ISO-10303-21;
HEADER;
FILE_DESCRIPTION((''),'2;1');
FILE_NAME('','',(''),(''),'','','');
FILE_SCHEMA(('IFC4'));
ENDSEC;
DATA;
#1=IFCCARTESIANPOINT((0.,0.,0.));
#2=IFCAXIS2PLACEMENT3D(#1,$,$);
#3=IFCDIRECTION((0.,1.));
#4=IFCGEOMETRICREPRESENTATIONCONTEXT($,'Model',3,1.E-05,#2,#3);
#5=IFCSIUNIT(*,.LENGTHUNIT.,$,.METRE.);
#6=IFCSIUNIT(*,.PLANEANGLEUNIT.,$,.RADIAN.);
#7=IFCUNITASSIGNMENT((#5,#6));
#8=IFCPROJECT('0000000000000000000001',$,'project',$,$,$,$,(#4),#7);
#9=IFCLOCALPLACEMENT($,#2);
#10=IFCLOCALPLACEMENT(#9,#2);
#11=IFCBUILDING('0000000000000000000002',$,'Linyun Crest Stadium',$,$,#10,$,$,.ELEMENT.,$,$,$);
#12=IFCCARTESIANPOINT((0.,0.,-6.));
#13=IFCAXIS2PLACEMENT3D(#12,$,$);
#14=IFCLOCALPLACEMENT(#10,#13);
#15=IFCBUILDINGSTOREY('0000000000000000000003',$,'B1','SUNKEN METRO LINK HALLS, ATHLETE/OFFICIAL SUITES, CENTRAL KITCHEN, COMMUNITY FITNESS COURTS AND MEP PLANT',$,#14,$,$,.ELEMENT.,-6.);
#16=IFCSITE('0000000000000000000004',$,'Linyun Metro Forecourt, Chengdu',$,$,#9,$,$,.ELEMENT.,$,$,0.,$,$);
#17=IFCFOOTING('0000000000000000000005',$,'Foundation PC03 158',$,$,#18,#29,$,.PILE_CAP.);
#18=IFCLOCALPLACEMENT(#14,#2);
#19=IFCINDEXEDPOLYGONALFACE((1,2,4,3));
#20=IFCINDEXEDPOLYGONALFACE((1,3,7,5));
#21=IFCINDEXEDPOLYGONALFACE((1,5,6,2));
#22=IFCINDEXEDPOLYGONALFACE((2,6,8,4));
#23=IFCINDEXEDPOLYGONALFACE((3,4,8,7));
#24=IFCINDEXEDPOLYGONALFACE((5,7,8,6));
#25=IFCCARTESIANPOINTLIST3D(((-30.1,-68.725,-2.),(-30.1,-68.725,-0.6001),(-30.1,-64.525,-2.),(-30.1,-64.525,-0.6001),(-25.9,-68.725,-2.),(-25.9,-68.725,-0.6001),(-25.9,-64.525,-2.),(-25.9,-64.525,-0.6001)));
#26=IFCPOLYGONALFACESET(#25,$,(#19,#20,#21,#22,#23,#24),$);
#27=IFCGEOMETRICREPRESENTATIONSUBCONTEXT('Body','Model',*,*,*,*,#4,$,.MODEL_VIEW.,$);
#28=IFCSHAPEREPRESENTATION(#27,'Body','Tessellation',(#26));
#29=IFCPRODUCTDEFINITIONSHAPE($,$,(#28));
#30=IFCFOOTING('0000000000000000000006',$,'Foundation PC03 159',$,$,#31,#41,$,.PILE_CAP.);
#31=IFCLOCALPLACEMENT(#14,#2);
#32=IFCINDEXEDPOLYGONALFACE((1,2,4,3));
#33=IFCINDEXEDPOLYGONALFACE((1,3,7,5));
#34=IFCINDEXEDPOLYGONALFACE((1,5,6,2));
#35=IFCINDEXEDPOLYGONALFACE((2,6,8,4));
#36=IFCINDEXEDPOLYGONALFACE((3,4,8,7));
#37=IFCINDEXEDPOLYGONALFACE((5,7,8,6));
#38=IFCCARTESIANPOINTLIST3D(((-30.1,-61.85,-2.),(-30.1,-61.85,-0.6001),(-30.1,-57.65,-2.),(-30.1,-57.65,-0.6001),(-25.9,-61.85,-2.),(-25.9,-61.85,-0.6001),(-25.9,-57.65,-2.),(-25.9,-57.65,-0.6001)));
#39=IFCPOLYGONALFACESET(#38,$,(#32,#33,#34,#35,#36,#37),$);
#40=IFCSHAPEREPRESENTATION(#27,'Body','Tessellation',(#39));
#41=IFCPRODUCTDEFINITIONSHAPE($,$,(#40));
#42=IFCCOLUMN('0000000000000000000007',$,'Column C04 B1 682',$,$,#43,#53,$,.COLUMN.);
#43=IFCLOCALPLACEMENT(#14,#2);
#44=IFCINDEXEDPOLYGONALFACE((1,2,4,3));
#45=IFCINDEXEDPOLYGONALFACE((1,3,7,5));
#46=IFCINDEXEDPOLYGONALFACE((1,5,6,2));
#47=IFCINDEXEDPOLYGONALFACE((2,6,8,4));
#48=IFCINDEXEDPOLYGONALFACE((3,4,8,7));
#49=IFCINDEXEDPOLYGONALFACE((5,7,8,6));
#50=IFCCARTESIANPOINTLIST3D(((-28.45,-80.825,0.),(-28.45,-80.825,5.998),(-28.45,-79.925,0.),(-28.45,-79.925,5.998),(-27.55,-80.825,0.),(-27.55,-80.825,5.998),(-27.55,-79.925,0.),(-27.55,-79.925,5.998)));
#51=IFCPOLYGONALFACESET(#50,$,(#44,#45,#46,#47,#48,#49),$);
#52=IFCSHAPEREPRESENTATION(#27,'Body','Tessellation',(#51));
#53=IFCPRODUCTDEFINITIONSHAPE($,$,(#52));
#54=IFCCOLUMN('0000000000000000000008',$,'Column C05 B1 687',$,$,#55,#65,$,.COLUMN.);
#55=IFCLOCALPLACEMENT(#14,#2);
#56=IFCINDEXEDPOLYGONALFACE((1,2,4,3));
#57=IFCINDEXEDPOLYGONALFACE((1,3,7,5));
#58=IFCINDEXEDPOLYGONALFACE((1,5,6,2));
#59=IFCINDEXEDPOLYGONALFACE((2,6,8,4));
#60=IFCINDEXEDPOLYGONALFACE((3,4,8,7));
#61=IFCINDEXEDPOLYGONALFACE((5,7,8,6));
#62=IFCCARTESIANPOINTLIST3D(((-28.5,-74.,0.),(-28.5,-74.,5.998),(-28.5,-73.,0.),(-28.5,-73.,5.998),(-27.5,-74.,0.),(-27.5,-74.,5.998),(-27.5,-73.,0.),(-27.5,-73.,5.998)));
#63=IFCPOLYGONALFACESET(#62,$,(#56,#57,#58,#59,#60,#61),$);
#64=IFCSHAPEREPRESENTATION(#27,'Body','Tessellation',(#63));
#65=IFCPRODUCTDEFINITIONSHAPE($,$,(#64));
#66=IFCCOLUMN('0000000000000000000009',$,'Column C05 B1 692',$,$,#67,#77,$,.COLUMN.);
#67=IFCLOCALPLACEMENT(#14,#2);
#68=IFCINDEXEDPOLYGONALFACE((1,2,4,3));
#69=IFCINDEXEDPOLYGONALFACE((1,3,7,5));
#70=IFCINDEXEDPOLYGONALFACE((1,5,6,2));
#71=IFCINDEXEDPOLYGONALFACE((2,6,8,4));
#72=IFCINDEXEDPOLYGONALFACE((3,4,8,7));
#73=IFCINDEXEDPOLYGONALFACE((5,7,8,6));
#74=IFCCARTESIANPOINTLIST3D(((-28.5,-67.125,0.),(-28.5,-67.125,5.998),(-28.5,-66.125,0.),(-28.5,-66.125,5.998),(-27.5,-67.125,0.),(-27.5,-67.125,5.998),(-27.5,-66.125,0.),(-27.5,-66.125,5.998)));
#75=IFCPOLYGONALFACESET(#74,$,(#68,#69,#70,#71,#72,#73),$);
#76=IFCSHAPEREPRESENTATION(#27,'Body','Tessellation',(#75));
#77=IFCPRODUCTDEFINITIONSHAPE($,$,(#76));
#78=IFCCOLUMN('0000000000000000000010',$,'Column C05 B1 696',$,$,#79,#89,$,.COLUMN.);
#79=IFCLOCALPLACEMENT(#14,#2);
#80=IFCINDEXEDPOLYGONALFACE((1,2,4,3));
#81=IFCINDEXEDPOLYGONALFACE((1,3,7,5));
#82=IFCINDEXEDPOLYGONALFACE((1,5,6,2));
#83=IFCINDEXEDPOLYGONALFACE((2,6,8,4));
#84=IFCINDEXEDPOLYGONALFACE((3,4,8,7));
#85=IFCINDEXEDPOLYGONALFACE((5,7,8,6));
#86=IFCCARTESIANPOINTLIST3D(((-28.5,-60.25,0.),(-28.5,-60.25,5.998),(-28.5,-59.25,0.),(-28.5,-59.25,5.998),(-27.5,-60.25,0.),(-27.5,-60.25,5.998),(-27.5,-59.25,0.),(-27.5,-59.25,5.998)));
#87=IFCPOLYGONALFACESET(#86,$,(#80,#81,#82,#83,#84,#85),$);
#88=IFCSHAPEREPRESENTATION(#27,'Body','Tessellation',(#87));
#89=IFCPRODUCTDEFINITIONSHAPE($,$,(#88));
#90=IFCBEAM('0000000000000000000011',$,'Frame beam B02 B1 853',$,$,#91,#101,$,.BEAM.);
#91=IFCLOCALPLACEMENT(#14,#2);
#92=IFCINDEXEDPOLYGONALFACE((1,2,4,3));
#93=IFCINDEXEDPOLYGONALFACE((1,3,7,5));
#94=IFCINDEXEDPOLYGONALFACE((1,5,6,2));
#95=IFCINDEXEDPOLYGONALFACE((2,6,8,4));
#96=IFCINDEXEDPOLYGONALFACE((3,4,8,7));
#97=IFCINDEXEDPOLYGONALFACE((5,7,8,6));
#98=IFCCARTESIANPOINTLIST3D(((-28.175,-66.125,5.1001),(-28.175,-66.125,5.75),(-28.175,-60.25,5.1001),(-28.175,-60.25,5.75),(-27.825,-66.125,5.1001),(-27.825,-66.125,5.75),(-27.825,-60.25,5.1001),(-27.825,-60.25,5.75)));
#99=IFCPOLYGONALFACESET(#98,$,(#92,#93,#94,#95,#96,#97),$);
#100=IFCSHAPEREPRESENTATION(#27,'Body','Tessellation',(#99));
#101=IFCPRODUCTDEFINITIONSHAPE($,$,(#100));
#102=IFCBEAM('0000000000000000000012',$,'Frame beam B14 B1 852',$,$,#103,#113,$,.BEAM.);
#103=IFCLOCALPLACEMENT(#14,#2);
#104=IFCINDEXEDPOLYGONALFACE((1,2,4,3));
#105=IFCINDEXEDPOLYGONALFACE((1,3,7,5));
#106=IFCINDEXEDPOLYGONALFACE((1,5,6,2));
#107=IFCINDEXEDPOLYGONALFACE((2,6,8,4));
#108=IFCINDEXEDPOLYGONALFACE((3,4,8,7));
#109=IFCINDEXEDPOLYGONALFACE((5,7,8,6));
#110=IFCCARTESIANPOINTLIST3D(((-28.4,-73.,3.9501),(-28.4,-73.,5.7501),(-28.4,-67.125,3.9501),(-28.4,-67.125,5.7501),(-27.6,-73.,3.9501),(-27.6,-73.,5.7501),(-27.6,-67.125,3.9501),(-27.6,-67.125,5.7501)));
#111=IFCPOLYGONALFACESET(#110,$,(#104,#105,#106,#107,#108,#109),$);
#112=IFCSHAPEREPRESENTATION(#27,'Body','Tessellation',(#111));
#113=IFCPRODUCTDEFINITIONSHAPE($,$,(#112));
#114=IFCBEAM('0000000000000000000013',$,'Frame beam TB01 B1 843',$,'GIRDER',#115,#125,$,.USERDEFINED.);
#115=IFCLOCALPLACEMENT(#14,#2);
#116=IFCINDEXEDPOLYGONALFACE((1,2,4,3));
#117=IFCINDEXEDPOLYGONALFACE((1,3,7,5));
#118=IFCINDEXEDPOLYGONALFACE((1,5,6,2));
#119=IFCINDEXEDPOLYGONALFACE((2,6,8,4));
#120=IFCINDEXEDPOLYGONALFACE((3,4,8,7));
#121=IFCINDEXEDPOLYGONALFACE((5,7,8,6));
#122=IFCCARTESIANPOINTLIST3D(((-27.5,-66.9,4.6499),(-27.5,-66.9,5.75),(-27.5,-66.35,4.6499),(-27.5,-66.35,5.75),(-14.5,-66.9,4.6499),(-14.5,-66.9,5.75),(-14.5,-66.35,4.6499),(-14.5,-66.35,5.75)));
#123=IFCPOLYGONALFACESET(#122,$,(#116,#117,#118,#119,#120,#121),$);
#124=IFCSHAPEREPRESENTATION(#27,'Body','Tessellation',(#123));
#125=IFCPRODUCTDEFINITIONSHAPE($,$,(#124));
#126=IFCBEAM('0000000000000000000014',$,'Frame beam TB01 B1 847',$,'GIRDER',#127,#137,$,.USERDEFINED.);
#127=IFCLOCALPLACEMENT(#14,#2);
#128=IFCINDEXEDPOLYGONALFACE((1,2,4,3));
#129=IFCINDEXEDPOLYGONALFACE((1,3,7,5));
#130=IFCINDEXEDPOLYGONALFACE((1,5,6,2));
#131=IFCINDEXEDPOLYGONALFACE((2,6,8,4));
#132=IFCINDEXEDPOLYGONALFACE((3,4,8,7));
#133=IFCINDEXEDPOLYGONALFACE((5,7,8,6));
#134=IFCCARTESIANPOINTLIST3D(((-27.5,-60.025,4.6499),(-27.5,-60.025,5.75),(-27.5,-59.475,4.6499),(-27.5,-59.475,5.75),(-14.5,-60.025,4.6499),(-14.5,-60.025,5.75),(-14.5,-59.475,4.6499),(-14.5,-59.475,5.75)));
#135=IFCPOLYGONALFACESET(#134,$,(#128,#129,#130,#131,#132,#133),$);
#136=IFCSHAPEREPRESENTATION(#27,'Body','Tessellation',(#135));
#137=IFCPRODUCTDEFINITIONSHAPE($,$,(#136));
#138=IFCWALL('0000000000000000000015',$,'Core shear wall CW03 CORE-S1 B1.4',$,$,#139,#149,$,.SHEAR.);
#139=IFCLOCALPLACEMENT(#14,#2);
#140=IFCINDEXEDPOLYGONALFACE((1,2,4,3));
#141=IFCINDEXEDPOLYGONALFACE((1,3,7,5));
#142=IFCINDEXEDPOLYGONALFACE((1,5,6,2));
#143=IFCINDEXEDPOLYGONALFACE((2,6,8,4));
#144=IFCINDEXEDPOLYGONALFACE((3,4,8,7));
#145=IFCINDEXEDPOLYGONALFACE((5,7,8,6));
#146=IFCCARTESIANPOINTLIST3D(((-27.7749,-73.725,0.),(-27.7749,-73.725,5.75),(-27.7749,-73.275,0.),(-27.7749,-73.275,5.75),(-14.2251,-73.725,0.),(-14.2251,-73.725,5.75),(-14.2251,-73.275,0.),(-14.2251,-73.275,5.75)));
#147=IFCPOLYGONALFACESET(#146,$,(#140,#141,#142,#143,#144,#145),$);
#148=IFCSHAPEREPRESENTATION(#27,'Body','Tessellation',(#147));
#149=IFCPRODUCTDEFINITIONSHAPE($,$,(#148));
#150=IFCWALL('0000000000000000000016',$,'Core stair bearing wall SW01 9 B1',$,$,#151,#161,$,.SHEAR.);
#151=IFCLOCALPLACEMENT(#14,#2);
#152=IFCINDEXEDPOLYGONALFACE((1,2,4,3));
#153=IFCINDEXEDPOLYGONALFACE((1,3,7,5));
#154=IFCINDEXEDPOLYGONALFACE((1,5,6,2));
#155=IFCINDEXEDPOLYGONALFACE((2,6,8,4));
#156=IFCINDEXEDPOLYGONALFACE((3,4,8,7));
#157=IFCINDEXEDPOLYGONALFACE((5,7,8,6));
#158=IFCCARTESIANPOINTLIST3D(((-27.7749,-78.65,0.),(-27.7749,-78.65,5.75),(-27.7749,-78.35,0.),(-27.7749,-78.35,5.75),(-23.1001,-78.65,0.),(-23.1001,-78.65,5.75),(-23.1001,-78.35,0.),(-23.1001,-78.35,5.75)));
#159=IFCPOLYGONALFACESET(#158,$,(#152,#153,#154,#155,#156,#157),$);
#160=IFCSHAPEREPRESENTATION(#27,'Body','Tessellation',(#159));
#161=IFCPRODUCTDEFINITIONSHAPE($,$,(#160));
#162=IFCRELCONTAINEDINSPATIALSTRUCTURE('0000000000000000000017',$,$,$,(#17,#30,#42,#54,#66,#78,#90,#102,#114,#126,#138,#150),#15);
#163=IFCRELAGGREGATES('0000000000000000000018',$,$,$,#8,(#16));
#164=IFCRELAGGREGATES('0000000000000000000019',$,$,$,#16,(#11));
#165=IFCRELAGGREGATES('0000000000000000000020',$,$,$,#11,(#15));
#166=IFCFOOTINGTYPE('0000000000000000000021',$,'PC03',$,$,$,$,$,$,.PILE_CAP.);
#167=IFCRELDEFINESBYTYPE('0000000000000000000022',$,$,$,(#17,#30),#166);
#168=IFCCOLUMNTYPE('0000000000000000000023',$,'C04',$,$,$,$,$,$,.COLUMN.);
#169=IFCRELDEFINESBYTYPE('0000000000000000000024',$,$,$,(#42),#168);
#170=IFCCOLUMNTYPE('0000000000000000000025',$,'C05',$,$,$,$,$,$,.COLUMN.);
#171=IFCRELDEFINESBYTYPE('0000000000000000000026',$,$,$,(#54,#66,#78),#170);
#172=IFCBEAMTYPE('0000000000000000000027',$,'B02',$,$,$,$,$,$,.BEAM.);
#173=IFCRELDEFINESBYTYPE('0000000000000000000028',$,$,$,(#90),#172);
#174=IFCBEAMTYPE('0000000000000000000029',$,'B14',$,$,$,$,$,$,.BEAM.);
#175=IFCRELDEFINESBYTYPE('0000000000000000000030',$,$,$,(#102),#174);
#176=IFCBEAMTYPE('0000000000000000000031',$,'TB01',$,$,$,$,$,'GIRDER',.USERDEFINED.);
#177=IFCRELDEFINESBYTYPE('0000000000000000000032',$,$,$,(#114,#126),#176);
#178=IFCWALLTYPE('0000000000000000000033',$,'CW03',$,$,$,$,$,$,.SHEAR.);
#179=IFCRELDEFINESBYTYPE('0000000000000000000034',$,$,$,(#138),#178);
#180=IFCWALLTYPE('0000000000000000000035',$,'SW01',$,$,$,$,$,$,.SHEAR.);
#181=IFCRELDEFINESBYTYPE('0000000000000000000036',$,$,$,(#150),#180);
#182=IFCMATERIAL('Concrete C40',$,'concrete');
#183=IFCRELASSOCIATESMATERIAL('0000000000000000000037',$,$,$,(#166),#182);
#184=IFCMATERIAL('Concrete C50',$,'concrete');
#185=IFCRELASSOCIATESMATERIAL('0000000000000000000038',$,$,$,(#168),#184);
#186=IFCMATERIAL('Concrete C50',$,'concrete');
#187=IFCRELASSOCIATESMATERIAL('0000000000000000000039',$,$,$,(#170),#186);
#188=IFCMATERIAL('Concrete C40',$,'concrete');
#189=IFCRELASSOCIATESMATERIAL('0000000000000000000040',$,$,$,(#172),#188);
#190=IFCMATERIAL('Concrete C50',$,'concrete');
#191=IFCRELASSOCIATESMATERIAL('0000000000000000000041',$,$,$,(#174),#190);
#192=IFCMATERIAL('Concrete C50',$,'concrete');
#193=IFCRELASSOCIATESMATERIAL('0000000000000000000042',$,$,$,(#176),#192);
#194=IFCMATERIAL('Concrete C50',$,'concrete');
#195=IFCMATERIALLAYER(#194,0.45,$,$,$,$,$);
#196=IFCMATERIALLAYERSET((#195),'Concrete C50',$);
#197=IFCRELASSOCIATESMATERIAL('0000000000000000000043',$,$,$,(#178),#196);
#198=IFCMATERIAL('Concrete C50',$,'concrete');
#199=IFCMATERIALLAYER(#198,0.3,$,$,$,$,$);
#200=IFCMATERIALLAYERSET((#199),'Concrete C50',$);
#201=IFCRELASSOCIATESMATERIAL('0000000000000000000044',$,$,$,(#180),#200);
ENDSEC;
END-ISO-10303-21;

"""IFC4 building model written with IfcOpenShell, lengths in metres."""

from ifc_helpers import new_model, si_unit, direction, frame, frame_2d, origin, origin_2d, place, context, subcontext, project, spatial, rectangle, extrude, material, layer, layer_set, material_profile, profile_set, type_object, element, save


model = new_model("IFC4")

# Units and contexts
model_context = context("Model", 3, precision=1e-05, world=origin(), true_north=direction((0.0, 1.0)))
body_context = subcontext(model_context, "Body", "Model", "MODEL_VIEW")
ifc_project = project(units=[si_unit("LENGTHUNIT", "METRE"), si_unit("PLANEANGLEUNIT", "RADIAN")], contexts=[model_context])

# Site, building, storey
site_placement = place(None, origin())
site = spatial("IfcSite", under=ifc_project, at=site_placement, Name="Linyun Metro Forecourt, Chengdu", CompositionType="ELEMENT", RefElevation=0.0)
building_placement = place(site_placement, origin())
building = spatial("IfcBuilding", under=site, at=building_placement, Name="Linyun Crest Stadium", CompositionType="ELEMENT")
storey_placement = place(building_placement, frame((0.0, 0.0, -6.0)))
storey = spatial("IfcBuildingStorey", under=building, at=storey_placement, Name="B1", Description="SUNKEN METRO LINK HALLS, ATHLETE/OFFICIAL SUITES, CENTRAL KITCHEN, COMMUNITY FITNESS COURTS AND MEP PLANT", CompositionType="ELEMENT", Elevation=-6.0)

# Footings
ifc_material_1 = material(Name="Concrete C40", Category="concrete")
footing_type = type_object("IfcFootingType", Name="PC03", PredefinedType="PILE_CAP", material=ifc_material_1)
for number, where, z_axis, x_axis, name in (
    (1, (-28.0, -66.625, -2.0), (0.0, 0.0, 1.0), (1.0, 0.0, 0.0), "Foundation PC03 158"),
    (2, (-28.0, -59.75, -2.0), (0.0, 0.0, 1.0), (1.0, 0.0, 0.0), "Foundation PC03 159"),
):
    element("IfcFooting", number, at=place(storey_placement, frame(where, z_axis=z_axis, x_axis=x_axis)), inside=storey, type_object=footing_type, Name=name, PredefinedType="PILE_CAP", context=body_context, shape_type="SweptSolid", body=[
        extrude(rectangle(XDim=4.2, YDim=4.2, at=origin_2d()), origin(), (0.0, 0.0, 1.0), 1.3999),
    ])

# Columns
ifc_material_2 = material(Name="Concrete C50", Category="concrete")
ifc_material_profile_1 = material_profile(ifc_material_2, rectangle(XDim=0.8999, YDim=0.8999, at=origin_2d()), Name="RC 900x900")
ifc_profile_set_1 = profile_set([ifc_material_profile_1], Name="Concrete C50")
column_type_1 = type_object("IfcColumnType", Name="C04", PredefinedType="COLUMN", material=ifc_profile_set_1)
column_placement = place(storey_placement, frame((-28.0, -80.375, 0.0), z_axis=(0.0, 0.0, 1.0), x_axis=(1.0, 0.0, 0.0)))
element("IfcColumn", 3, at=column_placement, inside=storey, type_object=column_type_1, Name="Column C04 B1 682", PredefinedType="COLUMN", context=body_context, shape_type="SweptSolid", body=[
    extrude(rectangle(XDim=0.8999, YDim=0.8999, at=origin_2d()), origin(), (0.0, 0.0, 1.0), 5.998),
])
ifc_material_3 = material(Name="Concrete C50", Category="concrete")
ifc_material_profile_2 = material_profile(ifc_material_3, rectangle(XDim=1.0, YDim=1.0, at=origin_2d()), Name="RC 1000x1000")
ifc_profile_set_2 = profile_set([ifc_material_profile_2], Name="Concrete C50")
column_type_2 = type_object("IfcColumnType", Name="C05", PredefinedType="COLUMN", material=ifc_profile_set_2)
for number, where, z_axis, x_axis, name in (
    (4, (-28.0, -73.5, 0.0), (0.0, 0.0, 1.0), (1.0, 0.0, 0.0), "Column C05 B1 687"),
    (5, (-28.0, -66.625, 0.0), (0.0, 0.0, 1.0), (1.0, 0.0, 0.0), "Column C05 B1 692"),
    (6, (-28.0, -59.75, 0.0), (0.0, 0.0, 1.0), (1.0, 0.0, 0.0), "Column C05 B1 696"),
):
    element("IfcColumn", number, at=place(storey_placement, frame(where, z_axis=z_axis, x_axis=x_axis)), inside=storey, type_object=column_type_2, Name=name, PredefinedType="COLUMN", context=body_context, shape_type="SweptSolid", body=[
        extrude(rectangle(XDim=1.0, YDim=1.0, at=origin_2d()), origin(), (0.0, 0.0, 1.0), 5.998),
    ])

# Beams
ifc_material_4 = material(Name="Concrete C40", Category="concrete")
ifc_material_profile_3 = material_profile(ifc_material_4, rectangle(XDim=0.3501, YDim=0.6499, at=origin_2d()), Name="RCB 650x350")
ifc_profile_set_3 = profile_set([ifc_material_profile_3], Name="Concrete C40")
beam_type_1 = type_object("IfcBeamType", Name="B02", PredefinedType="BEAM", material=ifc_profile_set_3)
beam_1_placement = place(storey_placement, frame((-28.0, -66.125, 5.425), z_axis=(0.0, 1.0, 0.0), x_axis=(-1.0, 0.0, 0.0)))
element("IfcBeam", 7, at=beam_1_placement, inside=storey, type_object=beam_type_1, Name="Frame beam B02 B1 853", PredefinedType="BEAM", context=body_context, shape_type="SweptSolid", body=[
    extrude(rectangle(XDim=0.3501, YDim=0.6499, at=origin_2d()), origin(), (0.0, 0.0, 1.0), 5.875),
])
ifc_material_5 = material(Name="Concrete C50", Category="concrete")
ifc_material_profile_4 = material_profile(ifc_material_5, rectangle(XDim=0.8, YDim=1.8, at=origin_2d()), Name="RCB 1800x800")
ifc_profile_set_4 = profile_set([ifc_material_profile_4], Name="Concrete C50")
beam_type_2 = type_object("IfcBeamType", Name="B14", PredefinedType="BEAM", material=ifc_profile_set_4)
beam_2_placement = place(storey_placement, frame((-28.0, -73.0, 4.8501), z_axis=(0.0, 1.0, 0.0), x_axis=(-1.0, 0.0, 0.0)))
element("IfcBeam", 8, at=beam_2_placement, inside=storey, type_object=beam_type_2, Name="Frame beam B14 B1 852", PredefinedType="BEAM", context=body_context, shape_type="SweptSolid", body=[
    extrude(rectangle(XDim=0.8, YDim=1.8, at=origin_2d()), origin(), (0.0, 0.0, 1.0), 5.875),
])
ifc_material_6 = material(Name="Concrete C50", Category="concrete")
ifc_material_profile_5 = material_profile(ifc_material_6, rectangle(XDim=0.55, YDim=1.1001, at=origin_2d()), Name="RCB 1100x550")
ifc_profile_set_5 = profile_set([ifc_material_profile_5], Name="Concrete C50")
beam_type_3 = type_object("IfcBeamType", Name="TB01", ElementType="GIRDER", PredefinedType="USERDEFINED", material=ifc_profile_set_5)
for number, where, z_axis, x_axis, name in (
    (9, (-27.5, -66.625, 5.2), (1.0, 0.0, 0.0), (0.0, 1.0, 0.0), "Frame beam TB01 B1 843"),
    (10, (-27.5, -59.75, 5.2), (1.0, 0.0, 0.0), (0.0, 1.0, 0.0), "Frame beam TB01 B1 847"),
):
    element("IfcBeam", number, at=place(storey_placement, frame(where, z_axis=z_axis, x_axis=x_axis)), inside=storey, type_object=beam_type_3, Name=name, ObjectType="GIRDER", PredefinedType="USERDEFINED", context=body_context, shape_type="SweptSolid", body=[
        extrude(rectangle(XDim=0.55, YDim=1.1001, at=origin_2d()), origin(), (0.0, 0.0, 1.0), 13.0),
    ])

# Walls
ifc_material_7 = material(Name="Concrete C50", Category="concrete")
ifc_layer_1 = layer(ifc_material_7, 0.45)
ifc_layer_set_1 = layer_set([ifc_layer_1], Name="Concrete C50")
wall_type_1 = type_object("IfcWallType", Name="CW03", PredefinedType="SHEAR", material=ifc_layer_set_1)
wall_1_placement = place(storey_placement, frame((-27.7749, -73.5, 0.0), z_axis=(0.0, 0.0, 1.0), x_axis=(1.0, 0.0, 0.0)))
element("IfcWall", 11, at=wall_1_placement, inside=storey, type_object=wall_type_1, Name="Core shear wall CW03 CORE-S1 B1.4", PredefinedType="SHEAR", context=body_context, shape_type="SweptSolid", body=[
    extrude(rectangle(XDim=13.5498, YDim=0.45, at=frame_2d((6.7749, 0.0))), origin(), (0.0, 0.0, 1.0), 5.75),
])
ifc_material_8 = material(Name="Concrete C50", Category="concrete")
ifc_layer_2 = layer(ifc_material_8, 0.3)
ifc_layer_set_2 = layer_set([ifc_layer_2], Name="Concrete C50")
wall_type_2 = type_object("IfcWallType", Name="SW01", PredefinedType="SHEAR", material=ifc_layer_set_2)
wall_2_placement = place(storey_placement, frame((-27.7749, -78.5, 0.0), z_axis=(0.0, 0.0, 1.0), x_axis=(1.0, 0.0, 0.0)))
element("IfcWall", 12, at=wall_2_placement, inside=storey, type_object=wall_type_2, Name="Core stair bearing wall SW01 9 B1", PredefinedType="SHEAR", context=body_context, shape_type="SweptSolid", body=[
    extrude(rectangle(XDim=4.6748, YDim=0.3, at=frame_2d((2.3374, 0.0))), origin(), (0.0, 0.0, 1.0), 5.75),
])

save(model, "model.ifc")
